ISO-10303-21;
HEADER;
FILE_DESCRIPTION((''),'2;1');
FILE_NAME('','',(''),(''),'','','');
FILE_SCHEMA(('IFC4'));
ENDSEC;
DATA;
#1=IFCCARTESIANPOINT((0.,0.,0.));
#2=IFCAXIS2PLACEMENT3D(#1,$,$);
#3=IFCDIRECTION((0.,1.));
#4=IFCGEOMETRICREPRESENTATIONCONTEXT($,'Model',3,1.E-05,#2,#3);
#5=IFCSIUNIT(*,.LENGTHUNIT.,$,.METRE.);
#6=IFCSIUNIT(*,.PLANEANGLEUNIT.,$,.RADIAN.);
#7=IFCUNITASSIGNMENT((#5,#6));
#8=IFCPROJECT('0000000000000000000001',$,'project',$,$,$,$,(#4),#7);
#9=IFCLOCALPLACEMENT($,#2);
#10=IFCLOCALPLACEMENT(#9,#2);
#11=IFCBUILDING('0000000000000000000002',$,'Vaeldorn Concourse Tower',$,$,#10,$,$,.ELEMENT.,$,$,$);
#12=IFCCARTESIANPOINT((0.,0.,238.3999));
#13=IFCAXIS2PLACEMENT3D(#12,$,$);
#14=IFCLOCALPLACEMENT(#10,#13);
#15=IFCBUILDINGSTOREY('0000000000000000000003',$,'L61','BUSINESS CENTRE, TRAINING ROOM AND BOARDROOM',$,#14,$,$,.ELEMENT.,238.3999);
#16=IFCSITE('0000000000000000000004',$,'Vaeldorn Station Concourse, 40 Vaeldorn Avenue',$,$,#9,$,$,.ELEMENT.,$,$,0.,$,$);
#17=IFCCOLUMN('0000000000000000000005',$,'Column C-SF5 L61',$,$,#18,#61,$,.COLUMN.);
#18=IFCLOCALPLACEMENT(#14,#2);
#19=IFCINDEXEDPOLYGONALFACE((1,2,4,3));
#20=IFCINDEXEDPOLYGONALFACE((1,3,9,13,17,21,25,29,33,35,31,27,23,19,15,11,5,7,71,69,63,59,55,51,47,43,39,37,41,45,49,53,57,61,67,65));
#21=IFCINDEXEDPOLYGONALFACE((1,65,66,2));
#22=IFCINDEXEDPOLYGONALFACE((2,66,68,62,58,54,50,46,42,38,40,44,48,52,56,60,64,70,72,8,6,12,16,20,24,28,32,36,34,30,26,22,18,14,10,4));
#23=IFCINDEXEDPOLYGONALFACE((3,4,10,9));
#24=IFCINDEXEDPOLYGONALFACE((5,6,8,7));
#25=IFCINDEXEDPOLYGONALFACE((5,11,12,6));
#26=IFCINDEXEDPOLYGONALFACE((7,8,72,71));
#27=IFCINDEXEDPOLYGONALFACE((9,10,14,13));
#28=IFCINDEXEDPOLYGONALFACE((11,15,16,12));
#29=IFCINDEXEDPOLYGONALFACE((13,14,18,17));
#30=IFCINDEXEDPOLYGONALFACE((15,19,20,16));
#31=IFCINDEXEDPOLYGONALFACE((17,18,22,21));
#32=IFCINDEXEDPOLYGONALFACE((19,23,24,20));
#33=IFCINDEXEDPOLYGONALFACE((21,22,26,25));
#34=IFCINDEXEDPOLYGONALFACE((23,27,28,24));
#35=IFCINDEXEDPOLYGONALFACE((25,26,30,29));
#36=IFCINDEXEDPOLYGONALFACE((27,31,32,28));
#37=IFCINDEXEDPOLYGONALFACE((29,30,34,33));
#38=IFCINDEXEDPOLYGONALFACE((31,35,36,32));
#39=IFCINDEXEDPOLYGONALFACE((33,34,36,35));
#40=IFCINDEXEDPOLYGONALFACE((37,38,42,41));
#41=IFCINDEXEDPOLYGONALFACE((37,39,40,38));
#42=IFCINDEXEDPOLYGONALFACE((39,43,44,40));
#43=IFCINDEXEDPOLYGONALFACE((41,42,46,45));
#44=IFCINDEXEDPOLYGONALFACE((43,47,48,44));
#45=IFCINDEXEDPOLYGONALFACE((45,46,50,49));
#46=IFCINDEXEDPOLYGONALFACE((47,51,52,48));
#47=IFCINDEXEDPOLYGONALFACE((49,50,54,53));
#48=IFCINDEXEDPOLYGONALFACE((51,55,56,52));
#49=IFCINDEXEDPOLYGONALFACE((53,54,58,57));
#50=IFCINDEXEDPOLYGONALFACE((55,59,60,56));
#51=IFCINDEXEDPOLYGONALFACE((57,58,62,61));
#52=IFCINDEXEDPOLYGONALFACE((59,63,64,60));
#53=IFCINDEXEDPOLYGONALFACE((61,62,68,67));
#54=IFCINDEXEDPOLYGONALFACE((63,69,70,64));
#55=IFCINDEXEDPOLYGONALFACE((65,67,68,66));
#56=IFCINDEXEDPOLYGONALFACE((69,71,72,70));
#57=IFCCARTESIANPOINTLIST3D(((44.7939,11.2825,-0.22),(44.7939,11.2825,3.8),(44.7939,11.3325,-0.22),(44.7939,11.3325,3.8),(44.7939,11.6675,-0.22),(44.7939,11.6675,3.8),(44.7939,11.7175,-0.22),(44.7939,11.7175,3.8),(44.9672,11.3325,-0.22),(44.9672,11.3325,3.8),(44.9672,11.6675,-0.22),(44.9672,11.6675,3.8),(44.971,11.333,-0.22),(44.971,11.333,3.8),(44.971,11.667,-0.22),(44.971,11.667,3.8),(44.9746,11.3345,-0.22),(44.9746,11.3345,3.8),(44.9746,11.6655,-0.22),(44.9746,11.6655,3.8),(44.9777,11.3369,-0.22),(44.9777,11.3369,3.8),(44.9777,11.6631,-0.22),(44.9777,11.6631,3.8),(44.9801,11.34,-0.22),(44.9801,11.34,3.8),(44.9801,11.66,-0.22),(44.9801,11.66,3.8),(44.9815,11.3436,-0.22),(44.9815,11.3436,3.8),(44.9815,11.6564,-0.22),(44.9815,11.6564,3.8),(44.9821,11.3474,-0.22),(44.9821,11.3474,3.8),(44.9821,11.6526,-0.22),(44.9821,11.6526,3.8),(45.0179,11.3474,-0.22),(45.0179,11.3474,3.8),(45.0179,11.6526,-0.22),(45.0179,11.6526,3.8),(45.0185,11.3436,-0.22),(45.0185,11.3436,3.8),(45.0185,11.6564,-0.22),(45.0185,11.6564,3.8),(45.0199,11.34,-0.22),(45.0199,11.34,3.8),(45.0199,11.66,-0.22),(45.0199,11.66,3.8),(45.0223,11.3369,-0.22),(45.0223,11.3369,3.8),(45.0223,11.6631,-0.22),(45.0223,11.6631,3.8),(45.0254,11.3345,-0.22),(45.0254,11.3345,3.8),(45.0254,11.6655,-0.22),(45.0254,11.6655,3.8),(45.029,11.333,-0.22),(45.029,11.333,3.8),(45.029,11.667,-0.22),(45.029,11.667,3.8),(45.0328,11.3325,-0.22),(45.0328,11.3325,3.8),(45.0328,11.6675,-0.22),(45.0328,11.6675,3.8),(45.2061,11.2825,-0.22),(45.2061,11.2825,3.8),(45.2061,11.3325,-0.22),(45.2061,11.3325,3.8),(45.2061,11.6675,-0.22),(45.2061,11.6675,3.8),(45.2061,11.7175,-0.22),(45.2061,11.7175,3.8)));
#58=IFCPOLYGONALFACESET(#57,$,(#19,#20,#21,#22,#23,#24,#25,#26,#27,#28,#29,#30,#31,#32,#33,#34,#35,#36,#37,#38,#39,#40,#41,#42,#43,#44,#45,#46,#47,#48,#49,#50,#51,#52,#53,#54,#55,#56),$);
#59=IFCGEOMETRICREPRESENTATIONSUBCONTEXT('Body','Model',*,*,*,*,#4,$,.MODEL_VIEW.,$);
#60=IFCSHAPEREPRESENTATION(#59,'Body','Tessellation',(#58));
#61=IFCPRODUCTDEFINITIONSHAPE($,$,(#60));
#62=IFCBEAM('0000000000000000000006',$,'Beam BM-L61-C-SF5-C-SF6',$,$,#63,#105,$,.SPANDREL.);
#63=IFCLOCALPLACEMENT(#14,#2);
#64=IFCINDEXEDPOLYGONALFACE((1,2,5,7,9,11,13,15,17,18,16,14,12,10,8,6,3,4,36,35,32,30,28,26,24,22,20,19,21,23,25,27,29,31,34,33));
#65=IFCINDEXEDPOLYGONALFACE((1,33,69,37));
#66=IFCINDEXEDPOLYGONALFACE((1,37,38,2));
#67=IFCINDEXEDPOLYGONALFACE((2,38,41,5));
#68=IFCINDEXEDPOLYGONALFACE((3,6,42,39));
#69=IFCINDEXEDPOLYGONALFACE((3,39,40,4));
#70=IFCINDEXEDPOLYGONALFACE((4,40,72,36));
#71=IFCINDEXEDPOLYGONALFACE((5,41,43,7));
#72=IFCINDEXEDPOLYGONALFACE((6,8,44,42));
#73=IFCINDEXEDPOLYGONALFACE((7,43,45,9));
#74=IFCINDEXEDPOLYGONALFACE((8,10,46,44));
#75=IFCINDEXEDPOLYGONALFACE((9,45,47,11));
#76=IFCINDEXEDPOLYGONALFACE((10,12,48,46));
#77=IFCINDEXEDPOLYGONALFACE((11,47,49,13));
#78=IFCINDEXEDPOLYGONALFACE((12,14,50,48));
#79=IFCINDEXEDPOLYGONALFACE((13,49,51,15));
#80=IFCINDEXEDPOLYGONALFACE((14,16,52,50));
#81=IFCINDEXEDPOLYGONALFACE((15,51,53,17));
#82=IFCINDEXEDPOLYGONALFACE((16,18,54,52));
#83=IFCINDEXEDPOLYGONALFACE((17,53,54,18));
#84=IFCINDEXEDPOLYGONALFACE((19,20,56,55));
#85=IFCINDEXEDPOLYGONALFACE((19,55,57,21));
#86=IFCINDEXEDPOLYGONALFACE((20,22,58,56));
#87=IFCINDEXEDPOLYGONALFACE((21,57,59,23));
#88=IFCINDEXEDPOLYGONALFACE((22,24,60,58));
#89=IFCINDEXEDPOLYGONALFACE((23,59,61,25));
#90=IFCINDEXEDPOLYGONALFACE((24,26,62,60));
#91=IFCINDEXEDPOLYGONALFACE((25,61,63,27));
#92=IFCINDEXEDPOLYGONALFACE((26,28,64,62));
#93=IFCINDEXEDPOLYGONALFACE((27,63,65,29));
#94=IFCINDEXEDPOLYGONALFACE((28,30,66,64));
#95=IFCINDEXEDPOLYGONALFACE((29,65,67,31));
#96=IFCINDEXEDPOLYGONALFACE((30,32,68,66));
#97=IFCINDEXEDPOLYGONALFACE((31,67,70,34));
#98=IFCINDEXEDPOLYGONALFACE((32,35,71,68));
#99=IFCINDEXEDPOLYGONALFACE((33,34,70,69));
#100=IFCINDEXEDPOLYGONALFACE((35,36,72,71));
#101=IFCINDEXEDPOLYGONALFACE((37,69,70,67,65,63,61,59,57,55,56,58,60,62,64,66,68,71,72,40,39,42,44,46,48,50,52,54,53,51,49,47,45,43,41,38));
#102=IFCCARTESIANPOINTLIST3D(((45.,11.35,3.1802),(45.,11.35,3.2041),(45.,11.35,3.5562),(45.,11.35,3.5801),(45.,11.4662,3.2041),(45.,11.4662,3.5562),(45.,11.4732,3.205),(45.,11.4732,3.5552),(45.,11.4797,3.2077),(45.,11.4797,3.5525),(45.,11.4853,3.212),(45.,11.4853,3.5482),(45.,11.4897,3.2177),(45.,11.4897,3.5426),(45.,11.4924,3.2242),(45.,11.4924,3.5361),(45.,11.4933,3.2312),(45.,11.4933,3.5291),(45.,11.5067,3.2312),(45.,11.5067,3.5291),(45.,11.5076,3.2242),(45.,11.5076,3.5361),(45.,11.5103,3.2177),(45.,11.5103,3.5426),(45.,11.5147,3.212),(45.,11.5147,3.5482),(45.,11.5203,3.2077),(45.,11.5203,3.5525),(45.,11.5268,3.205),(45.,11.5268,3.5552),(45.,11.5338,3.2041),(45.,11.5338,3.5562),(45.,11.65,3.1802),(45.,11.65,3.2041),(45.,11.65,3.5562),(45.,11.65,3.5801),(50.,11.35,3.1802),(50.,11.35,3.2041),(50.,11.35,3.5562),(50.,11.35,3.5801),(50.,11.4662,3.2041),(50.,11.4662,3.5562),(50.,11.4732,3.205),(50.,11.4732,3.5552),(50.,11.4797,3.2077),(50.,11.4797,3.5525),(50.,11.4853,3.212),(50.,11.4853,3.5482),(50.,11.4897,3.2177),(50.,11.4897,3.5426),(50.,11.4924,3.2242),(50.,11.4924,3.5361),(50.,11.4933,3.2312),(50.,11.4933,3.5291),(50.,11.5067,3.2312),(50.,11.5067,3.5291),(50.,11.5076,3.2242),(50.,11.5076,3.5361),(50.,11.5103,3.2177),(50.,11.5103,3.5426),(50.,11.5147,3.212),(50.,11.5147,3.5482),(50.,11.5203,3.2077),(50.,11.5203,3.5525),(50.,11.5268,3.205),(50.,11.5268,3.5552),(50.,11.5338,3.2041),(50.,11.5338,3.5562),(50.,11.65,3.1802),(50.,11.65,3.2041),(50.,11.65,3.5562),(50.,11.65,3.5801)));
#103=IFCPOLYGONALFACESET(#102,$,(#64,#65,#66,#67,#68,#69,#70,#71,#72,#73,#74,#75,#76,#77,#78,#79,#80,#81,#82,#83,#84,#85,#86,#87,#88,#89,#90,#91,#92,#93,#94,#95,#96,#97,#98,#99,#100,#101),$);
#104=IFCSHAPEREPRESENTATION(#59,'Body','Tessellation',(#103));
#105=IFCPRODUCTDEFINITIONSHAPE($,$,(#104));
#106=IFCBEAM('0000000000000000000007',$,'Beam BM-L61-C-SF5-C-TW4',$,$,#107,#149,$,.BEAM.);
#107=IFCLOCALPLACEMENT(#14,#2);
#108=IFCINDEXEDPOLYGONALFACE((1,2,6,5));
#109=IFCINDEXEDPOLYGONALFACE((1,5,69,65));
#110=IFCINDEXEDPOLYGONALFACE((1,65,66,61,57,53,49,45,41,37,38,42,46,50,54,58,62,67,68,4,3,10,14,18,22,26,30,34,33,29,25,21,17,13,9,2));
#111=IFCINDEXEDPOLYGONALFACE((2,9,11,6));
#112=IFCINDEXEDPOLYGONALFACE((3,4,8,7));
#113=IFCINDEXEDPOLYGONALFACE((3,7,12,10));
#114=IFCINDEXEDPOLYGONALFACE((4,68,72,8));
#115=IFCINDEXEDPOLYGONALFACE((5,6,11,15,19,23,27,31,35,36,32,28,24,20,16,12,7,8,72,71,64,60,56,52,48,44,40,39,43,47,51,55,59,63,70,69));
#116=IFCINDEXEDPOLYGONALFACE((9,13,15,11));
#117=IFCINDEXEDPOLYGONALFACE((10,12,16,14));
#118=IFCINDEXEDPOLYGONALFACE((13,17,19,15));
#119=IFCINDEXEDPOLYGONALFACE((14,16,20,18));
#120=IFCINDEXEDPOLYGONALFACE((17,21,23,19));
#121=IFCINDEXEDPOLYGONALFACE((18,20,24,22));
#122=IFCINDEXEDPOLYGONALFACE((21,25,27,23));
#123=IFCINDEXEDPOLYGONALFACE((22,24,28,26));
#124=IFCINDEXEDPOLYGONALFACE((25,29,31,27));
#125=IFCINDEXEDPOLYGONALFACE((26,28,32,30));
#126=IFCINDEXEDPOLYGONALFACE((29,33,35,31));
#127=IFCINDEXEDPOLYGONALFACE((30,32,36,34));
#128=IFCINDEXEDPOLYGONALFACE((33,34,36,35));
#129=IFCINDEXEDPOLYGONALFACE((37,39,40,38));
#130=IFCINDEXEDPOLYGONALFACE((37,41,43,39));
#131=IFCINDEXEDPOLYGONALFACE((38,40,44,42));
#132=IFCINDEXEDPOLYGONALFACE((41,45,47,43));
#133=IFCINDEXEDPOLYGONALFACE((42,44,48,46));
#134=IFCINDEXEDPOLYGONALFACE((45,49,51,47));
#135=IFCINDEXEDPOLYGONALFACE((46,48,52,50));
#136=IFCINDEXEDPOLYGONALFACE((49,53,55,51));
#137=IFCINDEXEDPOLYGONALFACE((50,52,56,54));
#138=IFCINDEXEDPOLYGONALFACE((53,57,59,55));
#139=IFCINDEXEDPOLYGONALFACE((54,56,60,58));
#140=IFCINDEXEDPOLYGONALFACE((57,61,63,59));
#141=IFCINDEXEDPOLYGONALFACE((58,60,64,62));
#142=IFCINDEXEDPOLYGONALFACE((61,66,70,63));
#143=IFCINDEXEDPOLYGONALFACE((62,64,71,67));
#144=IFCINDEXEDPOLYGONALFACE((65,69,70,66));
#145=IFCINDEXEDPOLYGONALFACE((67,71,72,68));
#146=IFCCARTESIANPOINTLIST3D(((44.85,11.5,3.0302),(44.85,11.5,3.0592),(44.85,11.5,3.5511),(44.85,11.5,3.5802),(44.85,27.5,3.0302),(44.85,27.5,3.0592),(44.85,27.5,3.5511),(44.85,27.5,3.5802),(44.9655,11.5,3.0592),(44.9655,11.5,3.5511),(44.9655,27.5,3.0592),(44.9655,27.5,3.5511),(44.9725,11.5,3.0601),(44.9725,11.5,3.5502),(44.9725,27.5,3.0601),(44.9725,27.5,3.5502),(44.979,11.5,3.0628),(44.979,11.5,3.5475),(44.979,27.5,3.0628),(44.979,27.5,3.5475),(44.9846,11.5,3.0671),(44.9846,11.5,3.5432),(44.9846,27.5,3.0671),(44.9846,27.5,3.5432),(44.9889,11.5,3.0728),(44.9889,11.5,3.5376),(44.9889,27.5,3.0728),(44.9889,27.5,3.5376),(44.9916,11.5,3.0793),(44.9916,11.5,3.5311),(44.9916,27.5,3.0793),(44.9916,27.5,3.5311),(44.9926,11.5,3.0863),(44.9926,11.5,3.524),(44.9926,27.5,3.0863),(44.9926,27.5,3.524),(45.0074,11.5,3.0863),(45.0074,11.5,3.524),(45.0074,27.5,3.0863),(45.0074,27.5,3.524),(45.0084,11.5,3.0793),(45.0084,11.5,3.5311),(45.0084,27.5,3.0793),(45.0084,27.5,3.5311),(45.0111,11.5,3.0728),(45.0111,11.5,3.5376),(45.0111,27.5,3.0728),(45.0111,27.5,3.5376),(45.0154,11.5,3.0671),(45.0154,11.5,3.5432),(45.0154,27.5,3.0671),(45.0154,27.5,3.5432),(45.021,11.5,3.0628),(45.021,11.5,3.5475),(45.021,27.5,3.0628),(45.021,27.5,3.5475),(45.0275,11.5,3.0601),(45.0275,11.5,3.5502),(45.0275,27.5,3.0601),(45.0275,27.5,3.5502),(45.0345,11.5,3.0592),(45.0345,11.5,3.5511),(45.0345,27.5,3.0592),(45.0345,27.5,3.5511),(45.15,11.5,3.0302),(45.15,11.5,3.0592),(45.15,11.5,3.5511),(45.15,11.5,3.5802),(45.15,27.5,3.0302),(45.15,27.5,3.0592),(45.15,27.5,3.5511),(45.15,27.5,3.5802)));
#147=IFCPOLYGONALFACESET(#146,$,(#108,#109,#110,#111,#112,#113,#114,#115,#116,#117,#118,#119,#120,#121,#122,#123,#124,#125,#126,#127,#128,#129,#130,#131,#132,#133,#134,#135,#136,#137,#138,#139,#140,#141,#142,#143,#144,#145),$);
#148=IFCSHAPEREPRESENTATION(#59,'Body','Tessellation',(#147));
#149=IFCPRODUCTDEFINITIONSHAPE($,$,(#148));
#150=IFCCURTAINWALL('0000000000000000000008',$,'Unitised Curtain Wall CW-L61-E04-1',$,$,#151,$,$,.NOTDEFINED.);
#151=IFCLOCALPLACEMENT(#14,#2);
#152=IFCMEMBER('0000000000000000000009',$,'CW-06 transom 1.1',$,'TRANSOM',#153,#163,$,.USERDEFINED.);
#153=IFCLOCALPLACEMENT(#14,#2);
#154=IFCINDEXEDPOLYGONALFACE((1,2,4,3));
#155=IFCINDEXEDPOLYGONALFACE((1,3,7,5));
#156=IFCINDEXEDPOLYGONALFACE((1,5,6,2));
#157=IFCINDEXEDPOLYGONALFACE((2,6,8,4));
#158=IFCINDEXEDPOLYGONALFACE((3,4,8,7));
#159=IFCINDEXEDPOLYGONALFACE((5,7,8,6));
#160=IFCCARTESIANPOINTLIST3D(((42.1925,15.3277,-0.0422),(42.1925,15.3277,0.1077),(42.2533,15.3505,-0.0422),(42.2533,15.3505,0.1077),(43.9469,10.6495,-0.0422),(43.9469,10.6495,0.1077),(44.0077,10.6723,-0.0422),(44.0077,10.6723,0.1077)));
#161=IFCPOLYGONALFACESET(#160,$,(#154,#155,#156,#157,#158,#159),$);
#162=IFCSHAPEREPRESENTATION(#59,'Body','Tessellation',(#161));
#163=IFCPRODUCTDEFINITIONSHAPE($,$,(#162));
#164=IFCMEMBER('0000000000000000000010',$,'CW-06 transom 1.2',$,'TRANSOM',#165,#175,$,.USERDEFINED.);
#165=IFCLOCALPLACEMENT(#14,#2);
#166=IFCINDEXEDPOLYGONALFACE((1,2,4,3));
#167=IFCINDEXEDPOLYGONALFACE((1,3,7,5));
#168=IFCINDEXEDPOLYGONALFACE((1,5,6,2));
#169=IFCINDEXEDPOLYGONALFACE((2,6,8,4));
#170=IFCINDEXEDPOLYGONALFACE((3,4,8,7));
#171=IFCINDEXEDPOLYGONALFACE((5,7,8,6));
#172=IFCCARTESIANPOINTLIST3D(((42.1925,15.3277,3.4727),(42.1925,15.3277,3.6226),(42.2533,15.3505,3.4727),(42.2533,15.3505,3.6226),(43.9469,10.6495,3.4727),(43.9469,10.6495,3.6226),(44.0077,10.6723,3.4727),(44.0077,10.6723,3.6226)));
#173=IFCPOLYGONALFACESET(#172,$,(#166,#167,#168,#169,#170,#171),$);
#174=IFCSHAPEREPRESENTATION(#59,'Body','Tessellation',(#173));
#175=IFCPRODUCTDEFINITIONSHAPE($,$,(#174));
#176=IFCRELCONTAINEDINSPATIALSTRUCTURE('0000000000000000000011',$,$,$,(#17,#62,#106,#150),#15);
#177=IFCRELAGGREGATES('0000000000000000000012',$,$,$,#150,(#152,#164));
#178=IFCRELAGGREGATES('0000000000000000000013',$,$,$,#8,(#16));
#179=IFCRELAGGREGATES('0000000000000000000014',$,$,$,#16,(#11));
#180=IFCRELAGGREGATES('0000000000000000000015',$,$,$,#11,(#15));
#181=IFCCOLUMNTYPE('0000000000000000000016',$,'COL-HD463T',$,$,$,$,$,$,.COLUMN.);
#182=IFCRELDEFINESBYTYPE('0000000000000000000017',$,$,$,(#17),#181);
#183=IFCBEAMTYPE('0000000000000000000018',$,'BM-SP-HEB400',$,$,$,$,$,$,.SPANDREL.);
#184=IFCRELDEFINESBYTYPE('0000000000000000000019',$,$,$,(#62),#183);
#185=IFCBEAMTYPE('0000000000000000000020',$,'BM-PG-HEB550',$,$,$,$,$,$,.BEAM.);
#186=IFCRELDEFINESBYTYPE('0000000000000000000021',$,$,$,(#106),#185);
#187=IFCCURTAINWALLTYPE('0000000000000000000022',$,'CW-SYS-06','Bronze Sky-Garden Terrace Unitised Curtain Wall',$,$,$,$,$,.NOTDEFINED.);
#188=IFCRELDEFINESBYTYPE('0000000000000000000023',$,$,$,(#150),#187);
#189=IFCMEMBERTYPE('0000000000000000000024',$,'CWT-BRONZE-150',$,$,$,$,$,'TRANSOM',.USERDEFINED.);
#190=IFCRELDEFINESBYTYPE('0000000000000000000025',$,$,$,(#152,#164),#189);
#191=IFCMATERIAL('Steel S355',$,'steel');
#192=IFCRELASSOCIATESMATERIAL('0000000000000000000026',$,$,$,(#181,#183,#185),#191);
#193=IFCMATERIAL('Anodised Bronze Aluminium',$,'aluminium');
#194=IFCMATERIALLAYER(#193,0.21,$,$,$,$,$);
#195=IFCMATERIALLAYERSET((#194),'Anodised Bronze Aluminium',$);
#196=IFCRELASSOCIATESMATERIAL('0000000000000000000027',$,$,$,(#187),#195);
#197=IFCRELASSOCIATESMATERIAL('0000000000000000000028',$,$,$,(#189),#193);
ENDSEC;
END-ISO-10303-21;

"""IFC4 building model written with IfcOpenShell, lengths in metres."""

from ifc_helpers import new_model, si_unit, direction, frame, origin, origin_2d, place, context, subcontext, project, spatial, rectangle, i_section, extrude, source, transform, mapped, material, layer, layer_set, material_profile, profile_set, type_object, element, aggregate, save


model = new_model("IFC4")

# Units and contexts
model_context = context("Model", 3, precision=1e-05, world=origin(), true_north=direction((0.0, 1.0)))
body_context = subcontext(model_context, "Body", "Model", "MODEL_VIEW")
ifc_project = project(units=[si_unit("LENGTHUNIT", "METRE"), si_unit("PLANEANGLEUNIT", "RADIAN")], contexts=[model_context])

# Site, building, storey
site_placement = place(None, origin())
site = spatial("IfcSite", under=ifc_project, at=site_placement, Name="Vaeldorn Station Concourse, 40 Vaeldorn Avenue", CompositionType="ELEMENT", RefElevation=0.0)
building_placement = place(site_placement, origin())
building = spatial("IfcBuilding", under=site, at=building_placement, Name="Vaeldorn Concourse Tower", CompositionType="ELEMENT")
storey_placement = place(building_placement, frame((0.0, 0.0, 238.3999)))
storey = spatial("IfcBuildingStorey", under=building, at=storey_placement, Name="L61", Description="BUSINESS CENTRE, TRAINING ROOM AND BOARDROOM", CompositionType="ELEMENT", Elevation=238.3999)

# Column
ifc_material_1 = material(Name="Steel S355", Category="steel")
ifc_material_profile_1 = material_profile(ifc_material_1, i_section(OverallWidth=0.4121, OverallDepth=0.4351, WebThickness=0.0359, FlangeThickness=0.05, FilletRadius=0.0149, at=origin_2d()), Name="HD 400x463")
ifc_profile_set_1 = profile_set([ifc_material_profile_1], Name="Steel S355")
column_type = type_object("IfcColumnType", Name="COL-HD463T", PredefinedType="COLUMN", material=ifc_profile_set_1)
shared_shape_1 = source(origin(), body_context, "Body", "SweptSolid", [
    extrude(i_section(OverallWidth=0.4121, OverallDepth=0.4351, WebThickness=0.0359, FlangeThickness=0.05, FilletRadius=0.0149, at=origin_2d()), origin(), (0.0, 0.0, 1.0), 4.02),
])
column_placement = place(storey_placement, frame((45.0, 11.5, -0.22), z_axis=(0.0, 0.0, 1.0), x_axis=(1.0, 0.0, 0.0)))
element("IfcColumn", 1, at=column_placement, inside=storey, type_object=column_type, Name="Column C-SF5 L61", PredefinedType="COLUMN", context=body_context, shape_type="MappedRepresentation", body=[
    mapped(shared_shape_1, transform((0.0, 0.0, 0.0), scale=1.0)),
])

# Beams
ifc_material_profile_2 = material_profile(ifc_material_1, i_section(OverallWidth=0.3, OverallDepth=0.3999, WebThickness=0.0134, FlangeThickness=0.0239, FilletRadius=0.0271, at=origin_2d()), Name="HEB 400")
ifc_profile_set_2 = profile_set([ifc_material_profile_2], Name="Steel S355")
beam_type_1 = type_object("IfcBeamType", Name="BM-SP-HEB400", PredefinedType="SPANDREL", material=ifc_profile_set_2)
shared_shape_2 = source(origin(), body_context, "Body", "SweptSolid", [
    extrude(i_section(OverallWidth=0.3, OverallDepth=0.3999, WebThickness=0.0134, FlangeThickness=0.0239, FilletRadius=0.0271, at=origin_2d()), origin(), (0.0, 0.0, 1.0), 5.0),
])
beam_1_placement = place(storey_placement, frame((45.0, 11.5, 3.3801), z_axis=(1.0, 0.0, 0.0), x_axis=(0.0, 1.0, 0.0)))
element("IfcBeam", 2, at=beam_1_placement, inside=storey, type_object=beam_type_1, Name="Beam BM-L61-C-SF5-C-SF6", PredefinedType="SPANDREL", context=body_context, shape_type="MappedRepresentation", body=[
    mapped(shared_shape_2, transform((0.0, 0.0, 0.0), scale=1.0)),
])
ifc_material_profile_3 = material_profile(ifc_material_1, i_section(OverallWidth=0.3, OverallDepth=0.55, WebThickness=0.0149, FlangeThickness=0.0291, FilletRadius=0.0271, at=origin_2d()), Name="HEB 550")
ifc_profile_set_3 = profile_set([ifc_material_profile_3], Name="Steel S355")
beam_type_2 = type_object("IfcBeamType", Name="BM-PG-HEB550", PredefinedType="BEAM", material=ifc_profile_set_3)
shared_shape_3 = source(origin(), body_context, "Body", "SweptSolid", [
    extrude(i_section(OverallWidth=0.3, OverallDepth=0.55, WebThickness=0.0149, FlangeThickness=0.0291, FilletRadius=0.0271, at=origin_2d()), origin(), (0.0, 0.0, 1.0), 16.0),
])
beam_2_placement = place(storey_placement, frame((45.0, 11.5, 3.3052), z_axis=(0.0, 1.0, 0.0), x_axis=(-1.0, 0.0, 0.0)))
element("IfcBeam", 3, at=beam_2_placement, inside=storey, type_object=beam_type_2, Name="Beam BM-L61-C-SF5-C-TW4", PredefinedType="BEAM", context=body_context, shape_type="MappedRepresentation", body=[
    mapped(shared_shape_3, transform((0.0, 0.0, 0.0), scale=1.0)),
])

# Curtain wall, members
ifc_material_2 = material(Name="Anodised Bronze Aluminium", Category="aluminium")
ifc_layer_1 = layer(ifc_material_2, 0.21)
ifc_layer_set_1 = layer_set([ifc_layer_1], Name="Anodised Bronze Aluminium")
curtain_wall_type = type_object("IfcCurtainWallType", Name="CW-SYS-06", Description="Bronze Sky-Garden Terrace Unitised Curtain Wall", PredefinedType="NOTDEFINED", material=ifc_layer_set_1)
curtain_wall_1_placement = place(storey_placement, origin())
curtain_wall_1 = element("IfcCurtainWall", 4, at=curtain_wall_1_placement, inside=storey, type_object=curtain_wall_type, Name="Unitised Curtain Wall CW-L61-E04-1", PredefinedType="NOTDEFINED")
ifc_material_profile_4 = material_profile(ifc_material_2, rectangle(XDim=0.0649, YDim=0.1499, at=origin_2d()), Name="CWT 65x150")
ifc_profile_set_4 = profile_set([ifc_material_profile_4], Name="Anodised Bronze Aluminium")
member_type_1 = type_object("IfcMemberType", Name="CWT-BRONZE-150", ElementType="TRANSOM", PredefinedType="USERDEFINED", material=ifc_profile_set_4)
shared_shape_4 = source(origin(), body_context, "Body", "SweptSolid", [
    extrude(rectangle(XDim=0.0649, YDim=0.1499, at=origin_2d()), origin(), (0.0, 0.0, 1.0), 4.9963),
])
member_1_placement = place(storey_placement, frame((42.2229, 15.3391, 0.0327), z_axis=(0.351134, -0.936325, 0.0), x_axis=(0.936325, 0.351134, 0.0)))
member_1 = element("IfcMember", 5, at=member_1_placement, type_object=member_type_1, Name="CW-06 transom 1.1", ObjectType="TRANSOM", PredefinedType="USERDEFINED", context=body_context, shape_type="MappedRepresentation", body=[
    mapped(shared_shape_4, transform((0.0, 0.0, 0.0), scale=1.0)),
])
member_2_placement = place(storey_placement, frame((42.2229, 15.3391, 3.5476), z_axis=(0.351134, -0.936325, 0.0), x_axis=(0.936325, 0.351134, 0.0)))
member_2 = element("IfcMember", 6, at=member_2_placement, type_object=member_type_1, Name="CW-06 transom 1.2", ObjectType="TRANSOM", PredefinedType="USERDEFINED", context=body_context, shape_type="MappedRepresentation", body=[
    mapped(shared_shape_4, transform((0.0, 0.0, 0.0), scale=1.0)),
])

aggregate(curtain_wall_1, [member_1, member_2])

save(model, "model.ifc")
